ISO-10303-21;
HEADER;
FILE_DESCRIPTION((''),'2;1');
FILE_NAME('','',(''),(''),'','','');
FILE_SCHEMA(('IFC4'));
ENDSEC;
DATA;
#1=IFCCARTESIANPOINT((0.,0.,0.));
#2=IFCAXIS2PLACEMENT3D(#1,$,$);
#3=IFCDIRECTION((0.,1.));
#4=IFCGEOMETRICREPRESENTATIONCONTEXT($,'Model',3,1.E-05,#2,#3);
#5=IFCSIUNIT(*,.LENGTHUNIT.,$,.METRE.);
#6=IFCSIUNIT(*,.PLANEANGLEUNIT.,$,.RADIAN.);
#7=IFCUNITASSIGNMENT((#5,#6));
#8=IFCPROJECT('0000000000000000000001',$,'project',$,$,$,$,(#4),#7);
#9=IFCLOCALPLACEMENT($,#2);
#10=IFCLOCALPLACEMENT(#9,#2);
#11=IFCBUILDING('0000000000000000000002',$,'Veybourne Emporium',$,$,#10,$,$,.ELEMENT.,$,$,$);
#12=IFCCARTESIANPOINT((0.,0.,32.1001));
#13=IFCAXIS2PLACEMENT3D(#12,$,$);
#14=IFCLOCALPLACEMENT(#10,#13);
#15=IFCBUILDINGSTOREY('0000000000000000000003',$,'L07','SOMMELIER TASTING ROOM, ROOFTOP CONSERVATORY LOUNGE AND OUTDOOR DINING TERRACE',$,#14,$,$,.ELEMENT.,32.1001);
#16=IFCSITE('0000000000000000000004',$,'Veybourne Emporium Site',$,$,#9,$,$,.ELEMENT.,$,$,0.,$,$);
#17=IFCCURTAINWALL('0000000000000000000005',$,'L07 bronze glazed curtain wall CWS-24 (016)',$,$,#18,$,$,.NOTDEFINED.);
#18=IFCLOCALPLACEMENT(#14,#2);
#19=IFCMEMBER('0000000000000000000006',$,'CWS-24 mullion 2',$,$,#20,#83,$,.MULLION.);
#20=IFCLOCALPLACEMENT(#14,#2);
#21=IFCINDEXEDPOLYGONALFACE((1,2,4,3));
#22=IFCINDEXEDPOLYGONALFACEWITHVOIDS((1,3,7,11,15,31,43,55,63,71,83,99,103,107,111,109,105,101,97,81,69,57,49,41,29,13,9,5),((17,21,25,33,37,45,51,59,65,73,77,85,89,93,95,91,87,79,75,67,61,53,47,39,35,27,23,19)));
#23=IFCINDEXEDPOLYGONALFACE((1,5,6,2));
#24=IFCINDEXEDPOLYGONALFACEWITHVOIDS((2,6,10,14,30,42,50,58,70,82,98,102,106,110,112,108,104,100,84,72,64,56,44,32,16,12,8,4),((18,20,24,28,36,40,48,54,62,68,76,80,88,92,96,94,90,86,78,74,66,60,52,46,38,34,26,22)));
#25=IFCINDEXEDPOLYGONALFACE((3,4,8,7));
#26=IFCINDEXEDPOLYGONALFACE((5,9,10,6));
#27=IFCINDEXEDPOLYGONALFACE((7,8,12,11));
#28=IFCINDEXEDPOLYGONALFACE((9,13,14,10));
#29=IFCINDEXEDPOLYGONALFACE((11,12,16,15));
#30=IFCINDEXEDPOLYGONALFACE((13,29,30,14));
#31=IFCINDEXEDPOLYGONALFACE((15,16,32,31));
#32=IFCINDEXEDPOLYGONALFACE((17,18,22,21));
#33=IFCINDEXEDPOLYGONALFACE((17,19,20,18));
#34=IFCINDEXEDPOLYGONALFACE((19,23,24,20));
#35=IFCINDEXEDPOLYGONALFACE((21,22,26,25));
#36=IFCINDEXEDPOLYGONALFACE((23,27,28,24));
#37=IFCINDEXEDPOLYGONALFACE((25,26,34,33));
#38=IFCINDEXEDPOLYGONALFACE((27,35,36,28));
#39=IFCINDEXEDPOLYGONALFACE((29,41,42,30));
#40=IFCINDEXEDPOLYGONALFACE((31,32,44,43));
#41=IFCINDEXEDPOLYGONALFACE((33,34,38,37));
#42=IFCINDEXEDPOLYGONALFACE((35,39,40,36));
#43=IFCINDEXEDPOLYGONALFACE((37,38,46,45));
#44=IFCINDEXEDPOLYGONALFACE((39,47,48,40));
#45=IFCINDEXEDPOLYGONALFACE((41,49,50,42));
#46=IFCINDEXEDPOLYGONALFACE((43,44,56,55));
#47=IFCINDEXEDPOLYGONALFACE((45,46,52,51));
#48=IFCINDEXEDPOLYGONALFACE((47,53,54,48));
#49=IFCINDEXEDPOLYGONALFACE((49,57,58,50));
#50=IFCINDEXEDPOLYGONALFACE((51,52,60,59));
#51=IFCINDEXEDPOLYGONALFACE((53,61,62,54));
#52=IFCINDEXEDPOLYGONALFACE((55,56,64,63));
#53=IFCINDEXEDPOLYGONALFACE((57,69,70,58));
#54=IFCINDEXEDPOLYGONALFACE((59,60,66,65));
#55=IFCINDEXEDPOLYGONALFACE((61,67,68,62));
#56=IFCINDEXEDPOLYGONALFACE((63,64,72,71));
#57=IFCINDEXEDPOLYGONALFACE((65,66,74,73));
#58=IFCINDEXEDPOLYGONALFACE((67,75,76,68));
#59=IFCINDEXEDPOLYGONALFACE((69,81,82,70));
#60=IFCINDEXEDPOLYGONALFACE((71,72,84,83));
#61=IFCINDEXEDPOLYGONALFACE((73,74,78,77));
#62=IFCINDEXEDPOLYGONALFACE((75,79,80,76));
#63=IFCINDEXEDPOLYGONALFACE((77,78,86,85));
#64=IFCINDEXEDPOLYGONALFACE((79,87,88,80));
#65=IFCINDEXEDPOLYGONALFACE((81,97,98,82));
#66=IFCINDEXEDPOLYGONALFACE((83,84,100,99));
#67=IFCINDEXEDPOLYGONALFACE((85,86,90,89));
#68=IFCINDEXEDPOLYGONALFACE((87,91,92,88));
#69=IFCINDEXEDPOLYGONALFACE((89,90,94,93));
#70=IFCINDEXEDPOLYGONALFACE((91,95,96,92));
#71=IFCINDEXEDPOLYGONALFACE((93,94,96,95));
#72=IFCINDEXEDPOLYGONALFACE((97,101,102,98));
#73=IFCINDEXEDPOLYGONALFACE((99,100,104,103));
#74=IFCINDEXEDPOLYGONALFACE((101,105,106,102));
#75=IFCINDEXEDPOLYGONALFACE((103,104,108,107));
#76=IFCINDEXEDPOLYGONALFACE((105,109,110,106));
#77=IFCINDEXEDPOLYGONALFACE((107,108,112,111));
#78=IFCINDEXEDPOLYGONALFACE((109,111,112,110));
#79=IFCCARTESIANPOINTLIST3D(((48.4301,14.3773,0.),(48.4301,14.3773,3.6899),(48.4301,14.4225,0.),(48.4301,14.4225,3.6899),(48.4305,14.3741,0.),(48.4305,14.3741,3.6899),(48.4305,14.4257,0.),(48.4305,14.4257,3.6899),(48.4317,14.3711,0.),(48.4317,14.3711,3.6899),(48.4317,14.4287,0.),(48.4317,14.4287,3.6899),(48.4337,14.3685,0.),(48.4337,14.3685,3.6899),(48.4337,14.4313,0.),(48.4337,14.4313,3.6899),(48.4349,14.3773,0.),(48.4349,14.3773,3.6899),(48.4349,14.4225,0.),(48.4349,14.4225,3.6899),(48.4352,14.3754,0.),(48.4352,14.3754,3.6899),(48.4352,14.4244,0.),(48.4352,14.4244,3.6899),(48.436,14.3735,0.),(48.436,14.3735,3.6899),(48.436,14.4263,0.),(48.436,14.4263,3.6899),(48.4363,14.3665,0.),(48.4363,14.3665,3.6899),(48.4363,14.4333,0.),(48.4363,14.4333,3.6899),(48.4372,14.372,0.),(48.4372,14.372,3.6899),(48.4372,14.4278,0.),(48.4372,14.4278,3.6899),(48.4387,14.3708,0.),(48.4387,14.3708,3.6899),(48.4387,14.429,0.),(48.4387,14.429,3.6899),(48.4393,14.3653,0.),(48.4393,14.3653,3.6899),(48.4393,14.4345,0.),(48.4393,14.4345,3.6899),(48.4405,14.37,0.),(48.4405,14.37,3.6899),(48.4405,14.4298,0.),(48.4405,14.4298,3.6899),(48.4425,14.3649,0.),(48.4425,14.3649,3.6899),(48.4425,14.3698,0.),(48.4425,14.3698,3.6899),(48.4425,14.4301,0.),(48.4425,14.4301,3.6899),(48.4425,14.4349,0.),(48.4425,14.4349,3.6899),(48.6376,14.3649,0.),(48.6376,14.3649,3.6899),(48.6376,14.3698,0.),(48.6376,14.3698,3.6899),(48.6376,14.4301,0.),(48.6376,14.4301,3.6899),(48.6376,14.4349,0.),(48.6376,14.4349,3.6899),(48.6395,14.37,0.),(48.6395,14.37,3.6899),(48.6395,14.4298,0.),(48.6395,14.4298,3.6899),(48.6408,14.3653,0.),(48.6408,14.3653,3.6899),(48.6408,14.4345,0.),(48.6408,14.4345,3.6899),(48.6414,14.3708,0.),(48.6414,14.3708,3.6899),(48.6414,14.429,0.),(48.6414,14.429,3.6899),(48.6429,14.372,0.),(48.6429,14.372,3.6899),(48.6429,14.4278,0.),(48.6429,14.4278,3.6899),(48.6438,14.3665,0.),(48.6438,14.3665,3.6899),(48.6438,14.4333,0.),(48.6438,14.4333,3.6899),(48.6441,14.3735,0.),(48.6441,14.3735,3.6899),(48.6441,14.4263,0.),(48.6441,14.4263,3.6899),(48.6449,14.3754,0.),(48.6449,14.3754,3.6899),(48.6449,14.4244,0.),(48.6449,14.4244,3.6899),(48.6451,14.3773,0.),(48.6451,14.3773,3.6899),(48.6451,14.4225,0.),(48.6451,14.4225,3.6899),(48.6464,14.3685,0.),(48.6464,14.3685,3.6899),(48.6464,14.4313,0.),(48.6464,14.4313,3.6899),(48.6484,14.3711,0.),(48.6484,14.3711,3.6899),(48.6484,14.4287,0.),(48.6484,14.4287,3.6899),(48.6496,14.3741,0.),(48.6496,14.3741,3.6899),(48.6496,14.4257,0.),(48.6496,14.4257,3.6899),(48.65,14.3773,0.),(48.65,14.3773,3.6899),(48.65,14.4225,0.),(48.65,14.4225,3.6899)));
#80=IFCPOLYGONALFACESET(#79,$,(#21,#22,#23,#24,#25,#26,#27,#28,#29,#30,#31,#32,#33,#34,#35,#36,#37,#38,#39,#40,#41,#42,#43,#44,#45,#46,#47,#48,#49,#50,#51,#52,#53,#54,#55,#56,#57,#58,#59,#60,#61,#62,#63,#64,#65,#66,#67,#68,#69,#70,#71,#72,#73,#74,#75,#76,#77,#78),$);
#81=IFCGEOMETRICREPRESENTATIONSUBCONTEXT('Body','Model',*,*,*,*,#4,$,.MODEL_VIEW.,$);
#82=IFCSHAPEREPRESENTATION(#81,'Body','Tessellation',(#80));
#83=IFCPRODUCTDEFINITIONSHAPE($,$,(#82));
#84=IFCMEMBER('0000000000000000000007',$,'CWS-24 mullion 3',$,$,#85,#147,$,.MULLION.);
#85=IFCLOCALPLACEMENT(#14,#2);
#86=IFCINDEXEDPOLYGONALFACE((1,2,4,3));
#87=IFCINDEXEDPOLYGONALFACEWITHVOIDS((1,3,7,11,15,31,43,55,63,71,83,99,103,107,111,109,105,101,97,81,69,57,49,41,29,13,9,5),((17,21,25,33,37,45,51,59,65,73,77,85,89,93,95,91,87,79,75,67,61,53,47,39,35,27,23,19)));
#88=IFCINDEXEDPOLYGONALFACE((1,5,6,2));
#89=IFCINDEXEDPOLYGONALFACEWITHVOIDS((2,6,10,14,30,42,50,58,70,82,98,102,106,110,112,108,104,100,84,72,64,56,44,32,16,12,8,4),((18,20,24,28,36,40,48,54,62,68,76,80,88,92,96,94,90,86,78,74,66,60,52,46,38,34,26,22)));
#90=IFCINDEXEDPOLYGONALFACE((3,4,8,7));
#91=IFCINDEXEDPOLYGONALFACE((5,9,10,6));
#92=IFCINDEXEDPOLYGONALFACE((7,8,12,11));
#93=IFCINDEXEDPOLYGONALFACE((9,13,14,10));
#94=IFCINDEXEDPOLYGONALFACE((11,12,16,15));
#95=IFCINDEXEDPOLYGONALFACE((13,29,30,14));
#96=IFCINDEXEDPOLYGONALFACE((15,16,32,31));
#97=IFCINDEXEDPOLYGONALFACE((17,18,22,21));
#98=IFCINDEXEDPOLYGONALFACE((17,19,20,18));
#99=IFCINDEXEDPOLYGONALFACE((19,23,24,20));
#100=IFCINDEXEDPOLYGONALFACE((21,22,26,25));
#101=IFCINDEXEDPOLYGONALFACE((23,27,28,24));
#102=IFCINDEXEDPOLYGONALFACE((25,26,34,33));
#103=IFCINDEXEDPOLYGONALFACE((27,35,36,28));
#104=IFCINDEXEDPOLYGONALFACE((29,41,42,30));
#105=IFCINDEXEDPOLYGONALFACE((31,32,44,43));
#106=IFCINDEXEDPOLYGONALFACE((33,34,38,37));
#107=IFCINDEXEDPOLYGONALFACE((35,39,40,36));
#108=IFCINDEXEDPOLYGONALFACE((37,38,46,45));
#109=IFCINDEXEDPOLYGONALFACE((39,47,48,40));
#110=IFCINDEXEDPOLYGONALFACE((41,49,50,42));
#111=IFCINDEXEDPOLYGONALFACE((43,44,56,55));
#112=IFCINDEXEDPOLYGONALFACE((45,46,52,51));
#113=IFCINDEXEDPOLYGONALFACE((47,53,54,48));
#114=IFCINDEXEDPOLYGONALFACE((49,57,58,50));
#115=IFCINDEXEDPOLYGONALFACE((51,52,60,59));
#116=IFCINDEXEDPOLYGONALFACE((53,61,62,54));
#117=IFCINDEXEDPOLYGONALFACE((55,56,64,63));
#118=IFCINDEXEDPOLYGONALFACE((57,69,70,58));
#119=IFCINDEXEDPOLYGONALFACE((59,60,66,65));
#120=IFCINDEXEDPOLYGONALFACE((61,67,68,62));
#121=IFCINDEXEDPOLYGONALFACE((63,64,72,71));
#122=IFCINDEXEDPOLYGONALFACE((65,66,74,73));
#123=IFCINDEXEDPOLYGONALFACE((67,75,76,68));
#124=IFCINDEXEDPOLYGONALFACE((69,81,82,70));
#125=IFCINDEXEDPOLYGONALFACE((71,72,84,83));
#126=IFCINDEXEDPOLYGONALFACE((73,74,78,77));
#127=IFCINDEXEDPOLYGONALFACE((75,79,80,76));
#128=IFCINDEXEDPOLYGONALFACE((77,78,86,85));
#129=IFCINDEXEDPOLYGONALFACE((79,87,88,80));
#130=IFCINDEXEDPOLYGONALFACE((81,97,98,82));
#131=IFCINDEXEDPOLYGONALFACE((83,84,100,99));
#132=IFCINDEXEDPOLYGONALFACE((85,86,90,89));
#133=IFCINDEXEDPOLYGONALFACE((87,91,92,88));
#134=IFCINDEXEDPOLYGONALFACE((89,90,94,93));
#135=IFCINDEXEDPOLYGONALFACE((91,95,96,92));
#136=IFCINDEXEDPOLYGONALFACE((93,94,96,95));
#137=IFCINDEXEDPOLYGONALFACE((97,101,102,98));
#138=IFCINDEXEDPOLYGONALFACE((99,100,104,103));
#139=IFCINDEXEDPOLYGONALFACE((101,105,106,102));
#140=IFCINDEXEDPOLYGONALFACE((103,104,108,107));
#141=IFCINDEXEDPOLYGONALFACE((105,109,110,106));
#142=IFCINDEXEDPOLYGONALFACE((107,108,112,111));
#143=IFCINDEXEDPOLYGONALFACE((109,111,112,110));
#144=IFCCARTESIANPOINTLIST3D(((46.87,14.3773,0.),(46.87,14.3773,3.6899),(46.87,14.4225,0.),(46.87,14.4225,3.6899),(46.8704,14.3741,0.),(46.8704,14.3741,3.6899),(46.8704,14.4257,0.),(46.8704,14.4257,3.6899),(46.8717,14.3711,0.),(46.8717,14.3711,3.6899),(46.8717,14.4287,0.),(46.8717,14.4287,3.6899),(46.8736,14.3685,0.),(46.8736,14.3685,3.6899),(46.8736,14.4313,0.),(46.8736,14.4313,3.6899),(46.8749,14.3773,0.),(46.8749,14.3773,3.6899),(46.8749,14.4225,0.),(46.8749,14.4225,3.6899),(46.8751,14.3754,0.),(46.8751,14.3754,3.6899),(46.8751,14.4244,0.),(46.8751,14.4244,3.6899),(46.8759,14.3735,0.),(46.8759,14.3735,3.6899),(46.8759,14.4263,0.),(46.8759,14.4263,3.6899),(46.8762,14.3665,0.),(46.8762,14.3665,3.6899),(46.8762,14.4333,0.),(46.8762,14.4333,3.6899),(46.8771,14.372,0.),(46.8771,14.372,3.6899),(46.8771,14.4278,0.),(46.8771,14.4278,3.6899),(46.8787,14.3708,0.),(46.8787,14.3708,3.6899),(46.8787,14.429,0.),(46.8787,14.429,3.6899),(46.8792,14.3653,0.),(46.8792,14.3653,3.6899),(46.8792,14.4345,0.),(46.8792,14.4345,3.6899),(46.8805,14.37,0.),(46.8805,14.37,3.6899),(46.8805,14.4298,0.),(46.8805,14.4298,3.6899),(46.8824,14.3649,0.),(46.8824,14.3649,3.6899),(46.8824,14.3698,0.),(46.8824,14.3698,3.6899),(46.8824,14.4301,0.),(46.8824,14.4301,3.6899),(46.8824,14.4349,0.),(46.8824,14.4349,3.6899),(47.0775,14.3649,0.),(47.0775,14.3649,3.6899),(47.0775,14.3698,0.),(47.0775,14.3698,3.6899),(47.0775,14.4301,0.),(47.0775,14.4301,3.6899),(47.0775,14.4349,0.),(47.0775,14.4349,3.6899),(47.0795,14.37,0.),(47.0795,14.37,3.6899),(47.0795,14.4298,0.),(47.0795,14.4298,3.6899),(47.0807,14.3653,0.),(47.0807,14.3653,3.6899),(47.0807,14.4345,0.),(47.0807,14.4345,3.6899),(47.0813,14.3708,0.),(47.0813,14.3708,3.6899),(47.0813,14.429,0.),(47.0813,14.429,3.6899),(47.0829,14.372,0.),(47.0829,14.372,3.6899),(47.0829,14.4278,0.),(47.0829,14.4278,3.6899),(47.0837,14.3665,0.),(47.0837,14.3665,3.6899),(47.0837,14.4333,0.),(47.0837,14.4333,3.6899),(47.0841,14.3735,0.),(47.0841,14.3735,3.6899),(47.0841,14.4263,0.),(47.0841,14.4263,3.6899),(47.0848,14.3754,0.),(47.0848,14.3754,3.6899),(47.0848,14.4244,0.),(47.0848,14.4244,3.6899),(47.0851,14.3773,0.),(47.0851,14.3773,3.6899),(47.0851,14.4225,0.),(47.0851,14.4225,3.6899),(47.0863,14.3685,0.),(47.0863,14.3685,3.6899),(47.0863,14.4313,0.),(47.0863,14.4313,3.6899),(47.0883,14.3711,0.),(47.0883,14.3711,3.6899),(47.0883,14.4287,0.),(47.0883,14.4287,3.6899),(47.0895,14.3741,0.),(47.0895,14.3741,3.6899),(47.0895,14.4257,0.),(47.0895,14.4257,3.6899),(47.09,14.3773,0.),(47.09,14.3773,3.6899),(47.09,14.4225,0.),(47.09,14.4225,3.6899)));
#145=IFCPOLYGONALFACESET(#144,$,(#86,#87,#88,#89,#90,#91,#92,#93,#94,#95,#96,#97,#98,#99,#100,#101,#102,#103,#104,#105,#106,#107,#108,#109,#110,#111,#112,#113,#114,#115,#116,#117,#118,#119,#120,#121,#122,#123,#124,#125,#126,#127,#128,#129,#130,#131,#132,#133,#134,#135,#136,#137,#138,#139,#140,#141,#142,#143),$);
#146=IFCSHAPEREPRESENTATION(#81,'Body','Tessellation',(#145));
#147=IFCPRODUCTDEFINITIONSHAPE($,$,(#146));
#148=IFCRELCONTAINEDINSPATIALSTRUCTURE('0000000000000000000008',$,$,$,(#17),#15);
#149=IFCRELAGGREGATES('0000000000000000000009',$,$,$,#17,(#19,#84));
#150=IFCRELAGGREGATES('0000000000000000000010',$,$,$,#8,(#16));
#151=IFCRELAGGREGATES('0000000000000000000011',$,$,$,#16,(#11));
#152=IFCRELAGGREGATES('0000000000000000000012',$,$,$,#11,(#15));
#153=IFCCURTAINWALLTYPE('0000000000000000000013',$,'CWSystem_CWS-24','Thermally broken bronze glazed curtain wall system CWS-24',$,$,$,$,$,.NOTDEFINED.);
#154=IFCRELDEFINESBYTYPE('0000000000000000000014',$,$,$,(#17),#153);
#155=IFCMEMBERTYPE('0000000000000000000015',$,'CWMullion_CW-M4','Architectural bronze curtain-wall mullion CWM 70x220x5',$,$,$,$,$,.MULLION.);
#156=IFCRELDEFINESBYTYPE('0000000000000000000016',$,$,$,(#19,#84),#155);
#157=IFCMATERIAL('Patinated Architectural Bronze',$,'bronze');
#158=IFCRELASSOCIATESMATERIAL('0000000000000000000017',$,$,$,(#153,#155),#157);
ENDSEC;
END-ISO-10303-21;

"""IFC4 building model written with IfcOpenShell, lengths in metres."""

from ifc_helpers import new_model, si_unit, direction, frame, origin, origin_2d, place, context, subcontext, project, spatial, hollow_rectangle, extrude, material, material_profile, profile_set, type_object, element, aggregate, save


model = new_model("IFC4")

# Units and contexts
model_context = context("Model", 3, precision=1e-05, world=origin(), true_north=direction((0.0, 1.0)))
body_context = subcontext(model_context, "Body", "Model", "MODEL_VIEW")
ifc_project = project(units=[si_unit("LENGTHUNIT", "METRE"), si_unit("PLANEANGLEUNIT", "RADIAN")], contexts=[model_context])

# Site, building, storey
site_placement = place(None, origin())
site = spatial("IfcSite", under=ifc_project, at=site_placement, Name="Veybourne Emporium Site", CompositionType="ELEMENT", RefElevation=0.0)
building_placement = place(site_placement, origin())
building = spatial("IfcBuilding", under=site, at=building_placement, Name="Veybourne Emporium", CompositionType="ELEMENT")
storey_placement = place(building_placement, frame((0.0, 0.0, 32.1001)))
storey = spatial("IfcBuildingStorey", under=building, at=storey_placement, Name="L07", Description="SOMMELIER TASTING ROOM, ROOFTOP CONSERVATORY LOUNGE AND OUTDOOR DINING TERRACE", CompositionType="ELEMENT", Elevation=32.1001)

# Curtain wall, members
ifc_material_1 = material(Name="Patinated Architectural Bronze", Category="bronze")
curtain_wall_type = type_object("IfcCurtainWallType", Name="CWSystem_CWS-24", Description="Thermally broken bronze glazed curtain wall system CWS-24", PredefinedType="NOTDEFINED", material=ifc_material_1)
curtain_wall_placement = place(storey_placement, origin())
curtain_wall = element("IfcCurtainWall", 1, at=curtain_wall_placement, inside=storey, type_object=curtain_wall_type, Name="L07 bronze glazed curtain wall CWS-24 (016)", PredefinedType="NOTDEFINED")
ifc_material_profile_1 = material_profile(ifc_material_1, hollow_rectangle(XDim=0.0701, YDim=0.22, WallThickness=0.0049, InnerFilletRadius=0.0076, OuterFilletRadius=0.0125, at=origin_2d()), Name="CWM 70x220x5")
ifc_profile_set_1 = profile_set([ifc_material_profile_1], Name="Patinated Architectural Bronze")
member_type_1 = type_object("IfcMemberType", Name="CWMullion_CW-M4", Description="Architectural bronze curtain-wall mullion CWM 70x220x5", PredefinedType="MULLION", material=ifc_profile_set_1)
member_1_placement = place(storey_placement, frame((48.54, 14.3999, 0.0), z_axis=(0.0, 0.0, 1.0), x_axis=(0.0, -1.0, 0.0)))
member_1 = element("IfcMember", 2, at=member_1_placement, type_object=member_type_1, Name="CWS-24 mullion 2", PredefinedType="MULLION", context=body_context, shape_type="SweptSolid", body=[
    extrude(hollow_rectangle(XDim=0.0701, YDim=0.22, WallThickness=0.0049, InnerFilletRadius=0.0076, OuterFilletRadius=0.0125, at=origin_2d()), origin(), (0.0, 0.0, 1.0), 3.6899),
])
member_2_placement = place(storey_placement, frame((46.98, 14.3999, 0.0), z_axis=(0.0, 0.0, 1.0), x_axis=(0.0, -1.0, 0.0)))
member_2 = element("IfcMember", 3, at=member_2_placement, type_object=member_type_1, Name="CWS-24 mullion 3", PredefinedType="MULLION", context=body_context, shape_type="SweptSolid", body=[
    extrude(hollow_rectangle(XDim=0.0701, YDim=0.22, WallThickness=0.0049, InnerFilletRadius=0.0076, OuterFilletRadius=0.0125, at=origin_2d()), origin(), (0.0, 0.0, 1.0), 3.6899),
])
aggregate(curtain_wall, [member_1, member_2])

save(model, "model.ifc")
